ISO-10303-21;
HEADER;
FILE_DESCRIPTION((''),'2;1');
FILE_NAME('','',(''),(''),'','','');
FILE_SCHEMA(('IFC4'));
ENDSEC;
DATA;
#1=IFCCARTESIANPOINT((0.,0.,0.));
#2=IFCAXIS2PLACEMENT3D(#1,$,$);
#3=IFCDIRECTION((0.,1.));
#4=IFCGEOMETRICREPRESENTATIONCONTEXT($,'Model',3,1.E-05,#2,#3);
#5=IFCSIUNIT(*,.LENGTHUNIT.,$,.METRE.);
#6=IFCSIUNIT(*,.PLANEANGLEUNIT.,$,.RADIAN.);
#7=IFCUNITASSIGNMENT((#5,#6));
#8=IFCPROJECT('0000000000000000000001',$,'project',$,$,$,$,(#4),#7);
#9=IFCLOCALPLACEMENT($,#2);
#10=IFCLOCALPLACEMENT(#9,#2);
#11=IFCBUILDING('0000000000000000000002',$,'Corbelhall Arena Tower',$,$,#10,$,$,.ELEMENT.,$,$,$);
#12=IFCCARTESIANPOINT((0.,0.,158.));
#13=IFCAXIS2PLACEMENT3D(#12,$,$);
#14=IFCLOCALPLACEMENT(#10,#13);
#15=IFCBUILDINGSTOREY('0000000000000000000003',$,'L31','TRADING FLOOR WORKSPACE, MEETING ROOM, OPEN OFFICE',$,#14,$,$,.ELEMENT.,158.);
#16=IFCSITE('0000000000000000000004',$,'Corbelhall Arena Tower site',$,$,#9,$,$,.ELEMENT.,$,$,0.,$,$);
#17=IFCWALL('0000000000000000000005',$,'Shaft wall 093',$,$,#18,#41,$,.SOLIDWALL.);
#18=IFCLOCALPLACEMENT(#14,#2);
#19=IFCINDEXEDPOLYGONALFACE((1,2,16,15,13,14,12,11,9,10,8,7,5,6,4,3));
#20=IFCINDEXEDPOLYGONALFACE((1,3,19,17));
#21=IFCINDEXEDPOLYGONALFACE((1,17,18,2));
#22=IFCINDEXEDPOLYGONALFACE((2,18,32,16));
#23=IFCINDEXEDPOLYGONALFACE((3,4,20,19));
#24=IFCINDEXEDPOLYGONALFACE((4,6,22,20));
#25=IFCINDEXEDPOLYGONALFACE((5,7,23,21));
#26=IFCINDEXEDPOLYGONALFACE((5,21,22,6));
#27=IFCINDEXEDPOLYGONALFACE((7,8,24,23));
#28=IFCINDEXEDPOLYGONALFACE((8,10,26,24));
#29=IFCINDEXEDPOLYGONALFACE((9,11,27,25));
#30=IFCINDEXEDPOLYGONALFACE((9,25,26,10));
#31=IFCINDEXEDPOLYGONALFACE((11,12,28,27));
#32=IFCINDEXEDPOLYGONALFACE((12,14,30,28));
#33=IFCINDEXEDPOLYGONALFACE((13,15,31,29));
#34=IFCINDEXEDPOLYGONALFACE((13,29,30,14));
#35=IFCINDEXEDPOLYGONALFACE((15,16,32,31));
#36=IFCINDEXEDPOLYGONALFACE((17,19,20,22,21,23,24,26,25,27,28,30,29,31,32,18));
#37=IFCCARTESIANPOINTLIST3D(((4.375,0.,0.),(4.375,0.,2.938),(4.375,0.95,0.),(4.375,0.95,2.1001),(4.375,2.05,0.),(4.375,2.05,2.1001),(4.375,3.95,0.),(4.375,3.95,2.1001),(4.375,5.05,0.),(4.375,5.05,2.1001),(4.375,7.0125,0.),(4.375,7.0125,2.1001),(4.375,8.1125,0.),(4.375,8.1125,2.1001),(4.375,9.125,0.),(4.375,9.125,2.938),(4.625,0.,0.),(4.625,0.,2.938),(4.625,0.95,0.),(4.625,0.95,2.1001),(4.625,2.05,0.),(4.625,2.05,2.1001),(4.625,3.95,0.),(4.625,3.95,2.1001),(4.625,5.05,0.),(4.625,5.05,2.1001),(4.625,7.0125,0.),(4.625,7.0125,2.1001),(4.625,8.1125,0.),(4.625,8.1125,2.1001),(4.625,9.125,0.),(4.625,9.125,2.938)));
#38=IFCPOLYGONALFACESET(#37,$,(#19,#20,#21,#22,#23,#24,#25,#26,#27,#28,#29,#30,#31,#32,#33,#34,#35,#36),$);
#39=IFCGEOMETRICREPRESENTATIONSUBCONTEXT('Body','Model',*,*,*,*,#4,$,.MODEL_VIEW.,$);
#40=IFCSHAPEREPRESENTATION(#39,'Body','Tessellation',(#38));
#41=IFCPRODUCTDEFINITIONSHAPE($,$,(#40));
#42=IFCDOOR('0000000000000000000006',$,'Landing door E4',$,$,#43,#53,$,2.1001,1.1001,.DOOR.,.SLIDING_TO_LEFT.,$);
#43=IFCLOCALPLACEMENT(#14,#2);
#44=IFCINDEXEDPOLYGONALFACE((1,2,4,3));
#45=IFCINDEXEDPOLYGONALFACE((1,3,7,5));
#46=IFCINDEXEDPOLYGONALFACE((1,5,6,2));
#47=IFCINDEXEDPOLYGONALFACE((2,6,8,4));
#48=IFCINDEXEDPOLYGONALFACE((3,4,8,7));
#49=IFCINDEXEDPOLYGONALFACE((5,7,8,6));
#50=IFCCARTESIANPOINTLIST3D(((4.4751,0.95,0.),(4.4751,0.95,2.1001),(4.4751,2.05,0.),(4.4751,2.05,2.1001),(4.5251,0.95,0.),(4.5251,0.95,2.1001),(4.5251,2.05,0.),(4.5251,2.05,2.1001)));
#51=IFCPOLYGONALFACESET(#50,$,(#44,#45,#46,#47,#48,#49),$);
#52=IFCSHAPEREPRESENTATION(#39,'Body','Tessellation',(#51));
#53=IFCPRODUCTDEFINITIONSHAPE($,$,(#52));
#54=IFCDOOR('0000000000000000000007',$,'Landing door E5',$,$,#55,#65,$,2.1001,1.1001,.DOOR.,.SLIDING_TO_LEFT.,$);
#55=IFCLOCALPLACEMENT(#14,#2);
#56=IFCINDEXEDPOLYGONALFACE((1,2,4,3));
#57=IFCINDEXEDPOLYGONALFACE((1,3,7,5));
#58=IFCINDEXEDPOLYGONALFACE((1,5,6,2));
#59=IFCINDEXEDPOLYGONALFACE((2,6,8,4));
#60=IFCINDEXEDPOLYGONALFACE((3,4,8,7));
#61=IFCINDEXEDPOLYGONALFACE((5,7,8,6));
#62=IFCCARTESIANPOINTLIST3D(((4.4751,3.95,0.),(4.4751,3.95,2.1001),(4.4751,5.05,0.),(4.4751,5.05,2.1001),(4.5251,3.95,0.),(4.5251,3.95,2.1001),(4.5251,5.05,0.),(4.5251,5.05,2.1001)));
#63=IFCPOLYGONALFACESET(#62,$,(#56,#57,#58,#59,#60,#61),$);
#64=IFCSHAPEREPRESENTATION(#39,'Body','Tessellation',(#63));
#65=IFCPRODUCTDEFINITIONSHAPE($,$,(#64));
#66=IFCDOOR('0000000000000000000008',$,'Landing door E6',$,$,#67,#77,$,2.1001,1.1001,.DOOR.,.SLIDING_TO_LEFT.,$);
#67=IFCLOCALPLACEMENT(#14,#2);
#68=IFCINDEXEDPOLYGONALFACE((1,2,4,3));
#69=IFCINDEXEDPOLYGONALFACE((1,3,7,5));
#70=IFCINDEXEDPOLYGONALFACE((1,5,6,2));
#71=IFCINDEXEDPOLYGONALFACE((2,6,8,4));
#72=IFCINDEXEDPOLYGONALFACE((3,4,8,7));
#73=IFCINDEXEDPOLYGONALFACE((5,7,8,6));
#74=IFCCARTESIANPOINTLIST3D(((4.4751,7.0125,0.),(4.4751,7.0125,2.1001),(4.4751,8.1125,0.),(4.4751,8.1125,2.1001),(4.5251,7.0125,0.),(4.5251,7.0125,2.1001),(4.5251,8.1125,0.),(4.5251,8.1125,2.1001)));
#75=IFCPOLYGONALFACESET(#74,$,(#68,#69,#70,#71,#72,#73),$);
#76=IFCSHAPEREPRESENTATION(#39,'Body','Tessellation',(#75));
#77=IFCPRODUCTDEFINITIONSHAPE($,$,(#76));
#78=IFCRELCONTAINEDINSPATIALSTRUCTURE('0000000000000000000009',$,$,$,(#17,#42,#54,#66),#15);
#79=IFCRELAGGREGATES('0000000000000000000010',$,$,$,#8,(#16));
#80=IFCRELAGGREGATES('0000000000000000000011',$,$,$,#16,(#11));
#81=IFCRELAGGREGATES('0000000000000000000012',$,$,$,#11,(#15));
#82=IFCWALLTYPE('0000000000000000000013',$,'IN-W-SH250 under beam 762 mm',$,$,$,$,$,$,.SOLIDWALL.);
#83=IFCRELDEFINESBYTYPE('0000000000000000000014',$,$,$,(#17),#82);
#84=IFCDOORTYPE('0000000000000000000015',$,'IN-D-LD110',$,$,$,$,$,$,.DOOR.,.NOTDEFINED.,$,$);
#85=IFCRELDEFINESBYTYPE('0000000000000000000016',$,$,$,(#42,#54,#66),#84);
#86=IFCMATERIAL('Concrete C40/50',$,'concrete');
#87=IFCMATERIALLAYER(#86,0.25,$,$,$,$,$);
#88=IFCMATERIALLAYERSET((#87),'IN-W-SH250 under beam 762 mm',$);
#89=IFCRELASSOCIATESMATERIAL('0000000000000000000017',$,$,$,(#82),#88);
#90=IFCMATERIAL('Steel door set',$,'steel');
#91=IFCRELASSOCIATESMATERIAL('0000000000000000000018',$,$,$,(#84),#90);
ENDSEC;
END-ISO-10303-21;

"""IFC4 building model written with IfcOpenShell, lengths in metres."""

from ifc_helpers import new_model, si_unit, direction, frame, frame_2d, origin, place, context, subcontext, project, spatial, rectangle, extrude, material, layer, layer_set, type_object, element, fill, save


model = new_model("IFC4")

# Units and contexts
model_context = context("Model", 3, precision=1e-05, world=origin(), true_north=direction((0.0, 1.0)))
body_context = subcontext(model_context, "Body", "Model", "MODEL_VIEW")
ifc_project = project(units=[si_unit("LENGTHUNIT", "METRE"), si_unit("PLANEANGLEUNIT", "RADIAN")], contexts=[model_context])

# Site, building, storey
site_placement = place(None, origin())
site = spatial("IfcSite", under=ifc_project, at=site_placement, Name="Corbelhall Arena Tower site", CompositionType="ELEMENT", RefElevation=0.0)
building_placement = place(site_placement, origin())
building = spatial("IfcBuilding", under=site, at=building_placement, Name="Corbelhall Arena Tower", CompositionType="ELEMENT")
storey_placement = place(building_placement, frame((0.0, 0.0, 158.0)))
storey = spatial("IfcBuildingStorey", under=building, at=storey_placement, Name="L31", Description="TRADING FLOOR WORKSPACE, MEETING ROOM, OPEN OFFICE", CompositionType="ELEMENT", Elevation=158.0)

# Shared definitions
ifc_material_1 = material(Name="Concrete C40/50", Category="concrete")

# Shared definitions
ifc_material_2 = material(Name="Steel door set", Category="steel")

# Wall, openings, doors
ifc_layer_1 = layer(ifc_material_1, 0.25)
ifc_layer_set_1 = layer_set([ifc_layer_1], Name="IN-W-SH250 under beam 762 mm")
wall_type_1 = type_object("IfcWallType", Name="IN-W-SH250 under beam 762 mm", PredefinedType="SOLIDWALL", material=ifc_layer_set_1)
wall_1_placement = place(storey_placement, frame((4.5, 0.0, 0.0), z_axis=(0.0, 0.0, 1.0), x_axis=(0.0, 1.0, 0.0)))
wall_1 = element("IfcWall", 1, at=wall_1_placement, inside=storey, type_object=wall_type_1, Name="Shaft wall 093", PredefinedType="SOLIDWALL", context=body_context, shape_type="SweptSolid", body=[
    extrude(rectangle(XDim=9.125, YDim=0.25, at=frame_2d((4.5625, 0.0))), origin(), (0.0, 0.0, 1.0), 2.938),
])
opening_1_placement = place(wall_1_placement, frame((0.95, 0.0, 0.0)))
opening_1 = element("IfcOpeningElement", 2, at=opening_1_placement, cuts=wall_1, PredefinedType="OPENING", context=body_context, shape_type="SweptSolid", body=[
    extrude(rectangle(XDim=1.1001, YDim=2.1001, at=frame_2d((0.55, 1.05))), frame((0.0, 0.125, 0.0), z_axis=(0.0, -1.0, 0.0), x_axis=(1.0, 0.0, 0.0)), (0.0, 0.0, 1.0), 0.25),
])
opening_2_placement = place(wall_1_placement, frame((3.95, 0.0, 0.0)))
opening_2 = element("IfcOpeningElement", 3, at=opening_2_placement, cuts=wall_1, PredefinedType="OPENING", context=body_context, shape_type="SweptSolid", body=[
    extrude(rectangle(XDim=1.1001, YDim=2.1001, at=frame_2d((0.55, 1.05))), frame((0.0, 0.125, 0.0), z_axis=(0.0, -1.0, 0.0), x_axis=(1.0, 0.0, 0.0)), (0.0, 0.0, 1.0), 0.25),
])
opening_3_placement = place(wall_1_placement, frame((7.0125, 0.0, 0.0)))
opening_3 = element("IfcOpeningElement", 4, at=opening_3_placement, cuts=wall_1, PredefinedType="OPENING", context=body_context, shape_type="SweptSolid", body=[
    extrude(rectangle(XDim=1.1001, YDim=2.1001, at=frame_2d((0.55, 1.05))), frame((0.0, 0.125, 0.0), z_axis=(0.0, -1.0, 0.0), x_axis=(1.0, 0.0, 0.0)), (0.0, 0.0, 1.0), 0.25),
])
door_type_1 = type_object("IfcDoorType", Name="IN-D-LD110", OperationType="NOTDEFINED", PredefinedType="DOOR", material=ifc_material_2)
door_1_placement = place(opening_1_placement, origin())
door_1 = element("IfcDoor", 5, at=door_1_placement, inside=storey, type_object=door_type_1, Name="Landing door E4", OperationType="SLIDING_TO_LEFT", OverallHeight=2.1001, OverallWidth=1.1001, PredefinedType="DOOR", context=body_context, shape_type="SweptSolid", body=[
    extrude(rectangle(XDim=1.1001, YDim=2.1001, at=frame_2d((0.55, 1.05))), frame((0.0, 0.0249, 0.0), z_axis=(0.0, -1.0, 0.0), x_axis=(1.0, 0.0, 0.0)), (0.0, 0.0, 1.0), 0.05),
])
fill(opening_1, door_1)
door_2_placement = place(opening_2_placement, origin())
door_2 = element("IfcDoor", 6, at=door_2_placement, inside=storey, type_object=door_type_1, Name="Landing door E5", OperationType="SLIDING_TO_LEFT", OverallHeight=2.1001, OverallWidth=1.1001, PredefinedType="DOOR", context=body_context, shape_type="SweptSolid", body=[
    extrude(rectangle(XDim=1.1001, YDim=2.1001, at=frame_2d((0.55, 1.05))), frame((0.0, 0.0249, 0.0), z_axis=(0.0, -1.0, 0.0), x_axis=(1.0, 0.0, 0.0)), (0.0, 0.0, 1.0), 0.05),
])
fill(opening_2, door_2)
door_3_placement = place(opening_3_placement, origin())
door_3 = element("IfcDoor", 7, at=door_3_placement, inside=storey, type_object=door_type_1, Name="Landing door E6", OperationType="SLIDING_TO_LEFT", OverallHeight=2.1001, OverallWidth=1.1001, PredefinedType="DOOR", context=body_context, shape_type="SweptSolid", body=[
    extrude(rectangle(XDim=1.1001, YDim=2.1001, at=frame_2d((0.55, 1.05))), frame((0.0, 0.0249, 0.0), z_axis=(0.0, -1.0, 0.0), x_axis=(1.0, 0.0, 0.0)), (0.0, 0.0, 1.0), 0.05),
])
fill(opening_3, door_3)

save(model, "model.ifc")
